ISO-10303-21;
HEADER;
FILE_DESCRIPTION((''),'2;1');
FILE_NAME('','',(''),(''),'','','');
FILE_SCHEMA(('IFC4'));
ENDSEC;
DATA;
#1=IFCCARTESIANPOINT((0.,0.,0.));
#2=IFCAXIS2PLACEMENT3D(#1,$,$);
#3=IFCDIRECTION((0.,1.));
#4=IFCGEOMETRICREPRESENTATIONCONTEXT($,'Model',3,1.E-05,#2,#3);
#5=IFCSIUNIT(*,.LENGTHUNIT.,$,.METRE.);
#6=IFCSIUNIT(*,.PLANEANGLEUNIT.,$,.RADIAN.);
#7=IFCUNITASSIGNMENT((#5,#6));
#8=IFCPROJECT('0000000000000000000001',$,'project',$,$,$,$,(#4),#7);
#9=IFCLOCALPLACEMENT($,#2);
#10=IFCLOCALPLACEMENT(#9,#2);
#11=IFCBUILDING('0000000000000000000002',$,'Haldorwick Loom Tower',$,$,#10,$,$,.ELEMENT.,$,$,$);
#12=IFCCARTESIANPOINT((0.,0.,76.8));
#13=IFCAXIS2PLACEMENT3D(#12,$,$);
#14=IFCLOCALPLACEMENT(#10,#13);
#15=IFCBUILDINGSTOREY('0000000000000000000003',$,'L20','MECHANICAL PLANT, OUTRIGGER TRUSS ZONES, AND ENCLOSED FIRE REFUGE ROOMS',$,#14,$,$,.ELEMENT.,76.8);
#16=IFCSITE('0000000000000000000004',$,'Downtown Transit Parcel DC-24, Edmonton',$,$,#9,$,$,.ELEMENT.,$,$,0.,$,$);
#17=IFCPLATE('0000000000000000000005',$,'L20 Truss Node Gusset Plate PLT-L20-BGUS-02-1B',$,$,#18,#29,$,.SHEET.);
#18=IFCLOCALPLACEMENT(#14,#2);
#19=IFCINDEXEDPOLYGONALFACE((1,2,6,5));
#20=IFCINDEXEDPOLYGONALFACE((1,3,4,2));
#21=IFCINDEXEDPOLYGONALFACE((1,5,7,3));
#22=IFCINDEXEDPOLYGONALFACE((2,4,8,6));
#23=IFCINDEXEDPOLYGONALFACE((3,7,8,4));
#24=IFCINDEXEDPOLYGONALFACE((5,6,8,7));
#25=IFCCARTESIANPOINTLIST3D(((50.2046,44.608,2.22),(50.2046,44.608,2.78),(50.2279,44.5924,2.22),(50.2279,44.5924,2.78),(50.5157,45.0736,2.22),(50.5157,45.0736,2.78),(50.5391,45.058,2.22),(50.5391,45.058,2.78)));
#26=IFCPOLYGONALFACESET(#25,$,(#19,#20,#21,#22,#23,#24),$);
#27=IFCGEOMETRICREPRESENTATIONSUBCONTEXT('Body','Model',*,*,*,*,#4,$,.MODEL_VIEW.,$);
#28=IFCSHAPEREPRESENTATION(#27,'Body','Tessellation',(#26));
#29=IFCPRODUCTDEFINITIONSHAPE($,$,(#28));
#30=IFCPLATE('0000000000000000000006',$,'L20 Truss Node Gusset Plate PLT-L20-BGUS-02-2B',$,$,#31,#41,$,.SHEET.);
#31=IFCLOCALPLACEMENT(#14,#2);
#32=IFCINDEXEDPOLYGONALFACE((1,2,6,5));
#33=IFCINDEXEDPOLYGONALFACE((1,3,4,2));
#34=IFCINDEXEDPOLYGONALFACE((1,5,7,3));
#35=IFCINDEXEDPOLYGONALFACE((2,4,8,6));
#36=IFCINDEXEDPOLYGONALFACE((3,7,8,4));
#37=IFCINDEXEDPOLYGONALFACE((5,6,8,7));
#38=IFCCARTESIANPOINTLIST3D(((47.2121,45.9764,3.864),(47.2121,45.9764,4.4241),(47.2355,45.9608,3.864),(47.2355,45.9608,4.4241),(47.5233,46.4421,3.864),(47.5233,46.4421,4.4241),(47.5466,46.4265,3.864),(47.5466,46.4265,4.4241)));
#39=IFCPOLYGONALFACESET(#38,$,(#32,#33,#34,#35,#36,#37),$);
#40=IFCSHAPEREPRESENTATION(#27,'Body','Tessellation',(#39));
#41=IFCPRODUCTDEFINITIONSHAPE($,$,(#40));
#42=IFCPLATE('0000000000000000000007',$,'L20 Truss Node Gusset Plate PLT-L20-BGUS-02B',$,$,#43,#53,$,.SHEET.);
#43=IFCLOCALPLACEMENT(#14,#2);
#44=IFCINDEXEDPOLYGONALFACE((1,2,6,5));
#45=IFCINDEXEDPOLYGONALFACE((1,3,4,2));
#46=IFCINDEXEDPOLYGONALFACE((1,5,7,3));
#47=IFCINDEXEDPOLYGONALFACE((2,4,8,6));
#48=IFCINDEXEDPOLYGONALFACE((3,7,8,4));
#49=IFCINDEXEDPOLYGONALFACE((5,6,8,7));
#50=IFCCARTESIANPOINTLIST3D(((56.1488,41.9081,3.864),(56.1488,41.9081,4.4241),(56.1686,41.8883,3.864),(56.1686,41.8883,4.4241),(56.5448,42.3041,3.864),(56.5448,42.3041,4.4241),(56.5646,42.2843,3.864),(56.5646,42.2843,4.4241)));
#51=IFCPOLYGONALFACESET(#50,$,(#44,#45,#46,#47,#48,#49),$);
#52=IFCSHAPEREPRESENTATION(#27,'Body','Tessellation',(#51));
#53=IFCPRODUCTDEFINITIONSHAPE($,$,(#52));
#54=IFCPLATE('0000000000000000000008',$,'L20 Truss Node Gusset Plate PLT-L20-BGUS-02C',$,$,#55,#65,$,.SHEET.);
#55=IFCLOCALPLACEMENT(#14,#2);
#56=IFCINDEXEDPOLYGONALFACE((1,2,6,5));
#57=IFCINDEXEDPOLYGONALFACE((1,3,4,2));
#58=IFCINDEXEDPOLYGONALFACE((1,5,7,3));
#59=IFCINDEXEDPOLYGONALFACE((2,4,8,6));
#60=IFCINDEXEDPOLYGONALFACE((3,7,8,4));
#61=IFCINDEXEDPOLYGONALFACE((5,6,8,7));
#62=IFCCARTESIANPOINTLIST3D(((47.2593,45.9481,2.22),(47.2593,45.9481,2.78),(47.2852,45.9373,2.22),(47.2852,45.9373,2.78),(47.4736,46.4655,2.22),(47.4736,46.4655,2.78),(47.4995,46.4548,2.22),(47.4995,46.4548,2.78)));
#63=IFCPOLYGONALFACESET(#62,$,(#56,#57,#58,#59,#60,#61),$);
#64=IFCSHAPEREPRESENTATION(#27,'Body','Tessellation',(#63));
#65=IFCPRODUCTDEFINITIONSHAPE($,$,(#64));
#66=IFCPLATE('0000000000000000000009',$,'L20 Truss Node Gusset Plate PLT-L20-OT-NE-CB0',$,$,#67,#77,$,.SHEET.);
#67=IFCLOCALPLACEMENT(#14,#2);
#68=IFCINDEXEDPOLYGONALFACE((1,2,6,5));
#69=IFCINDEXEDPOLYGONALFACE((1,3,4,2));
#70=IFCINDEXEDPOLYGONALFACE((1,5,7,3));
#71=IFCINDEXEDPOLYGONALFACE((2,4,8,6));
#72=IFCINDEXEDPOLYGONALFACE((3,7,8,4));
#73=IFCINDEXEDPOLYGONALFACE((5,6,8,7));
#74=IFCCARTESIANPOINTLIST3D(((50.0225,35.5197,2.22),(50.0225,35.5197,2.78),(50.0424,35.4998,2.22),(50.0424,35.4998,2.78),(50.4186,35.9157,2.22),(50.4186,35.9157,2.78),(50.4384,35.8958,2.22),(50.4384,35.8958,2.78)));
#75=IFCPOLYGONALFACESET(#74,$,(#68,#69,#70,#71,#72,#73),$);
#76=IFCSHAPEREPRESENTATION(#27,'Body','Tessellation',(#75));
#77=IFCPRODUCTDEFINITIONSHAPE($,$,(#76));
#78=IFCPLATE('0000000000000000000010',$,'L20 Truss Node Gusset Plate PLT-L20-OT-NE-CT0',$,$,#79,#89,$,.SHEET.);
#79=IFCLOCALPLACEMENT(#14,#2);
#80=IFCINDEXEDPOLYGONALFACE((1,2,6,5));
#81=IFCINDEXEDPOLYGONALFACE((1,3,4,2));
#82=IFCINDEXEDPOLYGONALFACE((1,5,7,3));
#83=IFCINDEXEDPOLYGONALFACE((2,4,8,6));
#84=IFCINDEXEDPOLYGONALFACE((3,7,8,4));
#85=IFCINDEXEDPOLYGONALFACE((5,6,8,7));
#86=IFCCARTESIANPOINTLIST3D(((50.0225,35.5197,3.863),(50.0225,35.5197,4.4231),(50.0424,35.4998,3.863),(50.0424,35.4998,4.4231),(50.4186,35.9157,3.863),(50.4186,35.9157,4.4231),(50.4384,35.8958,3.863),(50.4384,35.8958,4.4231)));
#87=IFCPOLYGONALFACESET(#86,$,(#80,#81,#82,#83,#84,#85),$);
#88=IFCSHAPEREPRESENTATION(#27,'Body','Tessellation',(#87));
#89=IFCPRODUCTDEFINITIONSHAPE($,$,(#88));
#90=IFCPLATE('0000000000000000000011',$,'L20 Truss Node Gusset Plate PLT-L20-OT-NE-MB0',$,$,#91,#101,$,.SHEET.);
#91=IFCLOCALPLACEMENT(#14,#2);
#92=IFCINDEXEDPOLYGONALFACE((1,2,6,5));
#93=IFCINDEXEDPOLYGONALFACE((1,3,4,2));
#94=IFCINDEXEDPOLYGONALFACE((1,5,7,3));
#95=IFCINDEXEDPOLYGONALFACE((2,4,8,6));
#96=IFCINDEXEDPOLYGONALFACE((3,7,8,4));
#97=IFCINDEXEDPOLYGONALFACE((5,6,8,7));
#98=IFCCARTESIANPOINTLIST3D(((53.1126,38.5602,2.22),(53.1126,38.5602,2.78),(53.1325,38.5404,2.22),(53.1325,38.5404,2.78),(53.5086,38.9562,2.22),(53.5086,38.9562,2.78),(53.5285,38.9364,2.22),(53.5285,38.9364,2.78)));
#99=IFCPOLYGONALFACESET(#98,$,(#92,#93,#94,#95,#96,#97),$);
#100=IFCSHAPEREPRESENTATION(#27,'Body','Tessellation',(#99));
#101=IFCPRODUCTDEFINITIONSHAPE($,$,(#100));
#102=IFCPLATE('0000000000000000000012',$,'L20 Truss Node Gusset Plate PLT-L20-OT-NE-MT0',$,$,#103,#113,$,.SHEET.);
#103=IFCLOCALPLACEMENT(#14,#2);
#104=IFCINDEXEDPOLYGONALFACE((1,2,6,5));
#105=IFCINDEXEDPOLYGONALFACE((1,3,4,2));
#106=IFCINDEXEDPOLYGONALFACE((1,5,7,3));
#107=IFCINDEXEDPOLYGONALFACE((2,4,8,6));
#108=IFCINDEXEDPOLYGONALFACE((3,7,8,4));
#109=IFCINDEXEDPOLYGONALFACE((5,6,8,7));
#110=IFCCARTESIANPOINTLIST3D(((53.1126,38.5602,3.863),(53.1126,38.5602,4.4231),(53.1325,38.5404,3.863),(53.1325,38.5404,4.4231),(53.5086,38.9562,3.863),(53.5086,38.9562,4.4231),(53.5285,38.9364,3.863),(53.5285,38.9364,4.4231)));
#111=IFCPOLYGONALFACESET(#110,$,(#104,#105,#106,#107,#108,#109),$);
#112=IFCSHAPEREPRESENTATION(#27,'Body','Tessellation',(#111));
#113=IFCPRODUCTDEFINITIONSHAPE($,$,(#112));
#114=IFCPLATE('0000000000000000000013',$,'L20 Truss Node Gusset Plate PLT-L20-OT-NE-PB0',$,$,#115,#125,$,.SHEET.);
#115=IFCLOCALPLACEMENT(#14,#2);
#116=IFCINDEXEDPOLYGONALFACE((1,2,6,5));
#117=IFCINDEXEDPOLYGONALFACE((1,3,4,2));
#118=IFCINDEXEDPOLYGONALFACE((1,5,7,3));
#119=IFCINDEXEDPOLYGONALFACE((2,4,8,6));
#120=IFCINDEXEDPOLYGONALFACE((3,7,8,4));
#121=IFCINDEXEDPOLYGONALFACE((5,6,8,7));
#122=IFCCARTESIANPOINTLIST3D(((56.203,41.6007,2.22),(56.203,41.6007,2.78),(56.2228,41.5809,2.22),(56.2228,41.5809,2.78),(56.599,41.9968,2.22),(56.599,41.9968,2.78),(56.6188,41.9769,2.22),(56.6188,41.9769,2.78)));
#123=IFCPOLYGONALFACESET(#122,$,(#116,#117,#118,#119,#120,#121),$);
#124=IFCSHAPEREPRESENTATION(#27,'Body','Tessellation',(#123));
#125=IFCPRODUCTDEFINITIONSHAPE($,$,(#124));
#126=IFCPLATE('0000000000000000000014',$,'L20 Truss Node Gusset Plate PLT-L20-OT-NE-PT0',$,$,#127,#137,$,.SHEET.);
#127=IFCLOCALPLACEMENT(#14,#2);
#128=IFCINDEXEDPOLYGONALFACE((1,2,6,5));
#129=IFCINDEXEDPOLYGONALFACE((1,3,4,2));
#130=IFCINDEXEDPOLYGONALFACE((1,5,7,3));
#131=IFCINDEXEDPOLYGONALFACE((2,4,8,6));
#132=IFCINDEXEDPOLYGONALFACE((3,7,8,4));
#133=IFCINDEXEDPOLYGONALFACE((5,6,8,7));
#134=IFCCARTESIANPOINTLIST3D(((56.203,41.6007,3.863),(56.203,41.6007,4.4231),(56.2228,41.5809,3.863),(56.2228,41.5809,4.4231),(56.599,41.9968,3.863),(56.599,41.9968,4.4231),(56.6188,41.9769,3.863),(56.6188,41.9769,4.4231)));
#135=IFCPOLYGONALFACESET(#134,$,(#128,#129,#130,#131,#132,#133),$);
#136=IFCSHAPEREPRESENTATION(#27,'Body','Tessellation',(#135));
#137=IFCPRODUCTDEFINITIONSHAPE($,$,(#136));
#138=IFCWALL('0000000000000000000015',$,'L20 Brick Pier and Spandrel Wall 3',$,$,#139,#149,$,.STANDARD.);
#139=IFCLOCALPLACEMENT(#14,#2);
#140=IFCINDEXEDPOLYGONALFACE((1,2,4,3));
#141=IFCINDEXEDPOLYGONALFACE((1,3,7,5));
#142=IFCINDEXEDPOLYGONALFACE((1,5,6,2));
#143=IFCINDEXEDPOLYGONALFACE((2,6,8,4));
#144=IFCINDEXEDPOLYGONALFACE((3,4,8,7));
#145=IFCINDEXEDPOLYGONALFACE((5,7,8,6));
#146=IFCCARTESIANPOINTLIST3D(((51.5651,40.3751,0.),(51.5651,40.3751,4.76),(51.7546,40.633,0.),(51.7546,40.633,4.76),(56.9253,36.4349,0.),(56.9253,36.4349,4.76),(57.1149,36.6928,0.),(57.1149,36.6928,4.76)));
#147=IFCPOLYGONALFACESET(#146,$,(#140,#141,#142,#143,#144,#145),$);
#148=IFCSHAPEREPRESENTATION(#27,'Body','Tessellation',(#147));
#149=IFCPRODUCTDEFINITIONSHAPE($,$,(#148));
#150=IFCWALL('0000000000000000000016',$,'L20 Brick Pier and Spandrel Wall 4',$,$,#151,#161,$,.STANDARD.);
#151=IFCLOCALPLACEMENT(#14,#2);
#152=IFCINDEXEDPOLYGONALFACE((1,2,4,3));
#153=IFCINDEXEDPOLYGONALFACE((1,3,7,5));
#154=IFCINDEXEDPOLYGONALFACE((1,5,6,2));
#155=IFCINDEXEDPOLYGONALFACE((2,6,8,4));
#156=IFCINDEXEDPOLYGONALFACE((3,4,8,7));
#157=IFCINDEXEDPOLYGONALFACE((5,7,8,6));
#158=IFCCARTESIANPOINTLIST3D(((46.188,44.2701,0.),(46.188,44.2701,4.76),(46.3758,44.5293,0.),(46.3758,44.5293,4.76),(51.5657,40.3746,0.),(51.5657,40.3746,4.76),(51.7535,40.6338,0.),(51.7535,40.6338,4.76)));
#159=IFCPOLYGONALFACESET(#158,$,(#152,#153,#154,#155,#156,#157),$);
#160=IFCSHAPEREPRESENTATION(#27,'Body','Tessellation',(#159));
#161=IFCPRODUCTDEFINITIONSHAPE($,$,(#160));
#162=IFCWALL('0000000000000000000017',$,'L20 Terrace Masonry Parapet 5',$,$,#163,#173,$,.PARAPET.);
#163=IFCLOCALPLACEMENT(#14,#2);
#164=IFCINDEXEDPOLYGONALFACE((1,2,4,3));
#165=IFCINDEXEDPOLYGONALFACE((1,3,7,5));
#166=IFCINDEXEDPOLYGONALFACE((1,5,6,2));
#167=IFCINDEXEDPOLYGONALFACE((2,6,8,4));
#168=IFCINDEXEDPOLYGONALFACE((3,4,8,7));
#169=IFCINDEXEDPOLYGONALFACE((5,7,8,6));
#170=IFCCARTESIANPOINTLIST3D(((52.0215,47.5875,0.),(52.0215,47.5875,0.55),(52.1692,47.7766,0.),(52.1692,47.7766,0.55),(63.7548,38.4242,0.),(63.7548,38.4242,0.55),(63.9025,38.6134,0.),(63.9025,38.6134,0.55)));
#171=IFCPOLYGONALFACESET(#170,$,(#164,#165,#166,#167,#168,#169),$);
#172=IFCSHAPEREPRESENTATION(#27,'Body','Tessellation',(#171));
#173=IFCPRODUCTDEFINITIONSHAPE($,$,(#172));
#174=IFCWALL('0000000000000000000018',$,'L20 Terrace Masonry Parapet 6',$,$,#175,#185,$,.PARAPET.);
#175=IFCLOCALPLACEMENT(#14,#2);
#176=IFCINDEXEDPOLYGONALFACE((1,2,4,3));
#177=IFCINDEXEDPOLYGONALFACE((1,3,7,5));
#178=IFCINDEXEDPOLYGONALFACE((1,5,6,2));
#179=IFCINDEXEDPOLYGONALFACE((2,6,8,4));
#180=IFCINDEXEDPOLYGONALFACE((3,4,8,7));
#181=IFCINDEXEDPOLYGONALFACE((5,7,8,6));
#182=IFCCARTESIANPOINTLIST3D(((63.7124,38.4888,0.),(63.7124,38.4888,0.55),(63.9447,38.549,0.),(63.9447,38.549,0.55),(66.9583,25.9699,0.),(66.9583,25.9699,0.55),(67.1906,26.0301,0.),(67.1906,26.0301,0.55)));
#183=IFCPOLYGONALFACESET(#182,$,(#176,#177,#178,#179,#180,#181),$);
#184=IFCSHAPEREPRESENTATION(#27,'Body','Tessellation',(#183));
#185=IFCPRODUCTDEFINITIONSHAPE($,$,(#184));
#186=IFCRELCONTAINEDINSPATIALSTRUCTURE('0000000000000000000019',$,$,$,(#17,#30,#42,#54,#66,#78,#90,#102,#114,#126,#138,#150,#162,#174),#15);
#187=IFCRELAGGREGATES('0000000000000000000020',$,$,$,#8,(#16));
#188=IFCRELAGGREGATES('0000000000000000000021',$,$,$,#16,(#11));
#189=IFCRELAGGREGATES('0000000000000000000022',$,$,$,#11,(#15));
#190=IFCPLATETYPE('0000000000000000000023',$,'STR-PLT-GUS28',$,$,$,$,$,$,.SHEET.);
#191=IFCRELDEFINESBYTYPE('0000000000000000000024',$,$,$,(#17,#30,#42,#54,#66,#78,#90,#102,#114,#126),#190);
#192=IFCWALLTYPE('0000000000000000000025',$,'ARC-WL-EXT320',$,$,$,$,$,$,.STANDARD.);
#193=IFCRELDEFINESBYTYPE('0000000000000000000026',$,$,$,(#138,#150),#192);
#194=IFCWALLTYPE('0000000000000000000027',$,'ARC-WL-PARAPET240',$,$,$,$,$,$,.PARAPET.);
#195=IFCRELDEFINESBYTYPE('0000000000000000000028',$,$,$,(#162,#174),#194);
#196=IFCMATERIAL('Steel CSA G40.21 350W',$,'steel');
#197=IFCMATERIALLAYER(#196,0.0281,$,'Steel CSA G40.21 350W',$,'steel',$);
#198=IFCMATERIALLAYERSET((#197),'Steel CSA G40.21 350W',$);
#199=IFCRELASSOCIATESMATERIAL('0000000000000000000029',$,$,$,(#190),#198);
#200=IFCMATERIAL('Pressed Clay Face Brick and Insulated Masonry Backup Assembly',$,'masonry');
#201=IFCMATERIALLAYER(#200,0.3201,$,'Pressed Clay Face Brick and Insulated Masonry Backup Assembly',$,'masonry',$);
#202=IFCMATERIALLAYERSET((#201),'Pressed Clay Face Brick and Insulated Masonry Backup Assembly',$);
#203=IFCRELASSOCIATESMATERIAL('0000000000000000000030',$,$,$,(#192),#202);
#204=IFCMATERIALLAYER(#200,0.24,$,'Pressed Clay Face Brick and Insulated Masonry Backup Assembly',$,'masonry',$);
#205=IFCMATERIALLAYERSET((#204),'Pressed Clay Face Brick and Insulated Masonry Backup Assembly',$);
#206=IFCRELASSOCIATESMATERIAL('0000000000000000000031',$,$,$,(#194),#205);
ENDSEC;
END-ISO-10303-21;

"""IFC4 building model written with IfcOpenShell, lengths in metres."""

from ifc_helpers import new_model, si_unit, direction, frame, frame_2d, origin, origin_2d, place, context, subcontext, project, spatial, rectangle, extrude, material, layer, layer_set, type_object, element, save


model = new_model("IFC4")

# Units and contexts
model_context = context("Model", 3, precision=1e-05, world=origin(), true_north=direction((0.0, 1.0)))
body_context = subcontext(model_context, "Body", "Model", "MODEL_VIEW")
ifc_project = project(units=[si_unit("LENGTHUNIT", "METRE"), si_unit("PLANEANGLEUNIT", "RADIAN")], contexts=[model_context])

# Site, building, storey
site_placement = place(None, origin())
site = spatial("IfcSite", under=ifc_project, at=site_placement, Name="Downtown Transit Parcel DC-24, Edmonton", CompositionType="ELEMENT", RefElevation=0.0)
building_placement = place(site_placement, origin())
building = spatial("IfcBuilding", under=site, at=building_placement, Name="Haldorwick Loom Tower", CompositionType="ELEMENT")
storey_placement = place(building_placement, frame((0.0, 0.0, 76.8)))
storey = spatial("IfcBuildingStorey", under=building, at=storey_placement, Name="L20", Description="MECHANICAL PLANT, OUTRIGGER TRUSS ZONES, AND ENCLOSED FIRE REFUGE ROOMS", CompositionType="ELEMENT", Elevation=76.8)

# Shared definitions
ifc_material_1 = material(Name="Steel CSA G40.21 350W", Category="steel")

# Plates
ifc_layer_1 = layer(ifc_material_1, 0.0281, Name="Steel CSA G40.21 350W", Category="steel")
ifc_layer_set_1 = layer_set([ifc_layer_1], Name="Steel CSA G40.21 350W")
plate_type = type_object("IfcPlateType", Name="STR-PLT-GUS28", PredefinedType="SHEET", material=ifc_layer_set_1)
for number, where, z_axis, x_axis, name in (
    (1, (50.3718, 44.833, 2.22), (0.0, 0.0, 1.0), (0.55557, 0.83147, 0.0), "L20 Truss Node Gusset Plate PLT-L20-BGUS-02-1B"),
    (2, (47.3794, 46.2014, 3.864), (0.0, 0.0, 1.0), (0.55557, 0.83147, 0.0), "L20 Truss Node Gusset Plate PLT-L20-BGUS-02-2B"),
    (3, (56.3567, 42.0962, 3.864), (0.0, 0.0, 1.0), (0.707107, 0.707107, 0.0), "L20 Truss Node Gusset Plate PLT-L20-BGUS-02B"),
    (4, (47.3794, 46.2014, 2.22), (0.0, 0.0, 1.0), (0.382683, 0.92388, 0.0), "L20 Truss Node Gusset Plate PLT-L20-BGUS-02C"),
    (5, (50.2305, 35.7078, 2.22), (0.0, 0.0, 1.0), (0.707107, 0.707107, 0.0), "L20 Truss Node Gusset Plate PLT-L20-OT-NE-CB0"),
    (6, (50.2305, 35.7078, 3.863), (0.0, 0.0, 1.0), (0.707107, 0.707107, 0.0), "L20 Truss Node Gusset Plate PLT-L20-OT-NE-CT0"),
    (7, (53.3206, 38.7483, 2.22), (0.0, 0.0, 1.0), (0.707107, 0.707107, 0.0), "L20 Truss Node Gusset Plate PLT-L20-OT-NE-MB0"),
    (8, (53.3206, 38.7483, 3.863), (0.0, 0.0, 1.0), (0.707107, 0.707107, 0.0), "L20 Truss Node Gusset Plate PLT-L20-OT-NE-MT0"),
    (9, (56.4109, 41.7888, 2.22), (0.0, 0.0, 1.0), (0.707107, 0.707107, 0.0), "L20 Truss Node Gusset Plate PLT-L20-OT-NE-PB0"),
    (10, (56.4109, 41.7888, 3.863), (0.0, 0.0, 1.0), (0.707107, 0.707107, 0.0), "L20 Truss Node Gusset Plate PLT-L20-OT-NE-PT0"),
):
    element("IfcPlate", number, at=place(storey_placement, frame(where, z_axis=z_axis, x_axis=x_axis)), inside=storey, type_object=plate_type, Name=name, PredefinedType="SHEET", context=body_context, shape_type="SweptSolid", body=[
        extrude(rectangle(XDim=0.5601, YDim=0.0281, at=origin_2d()), origin(), (0.0, 0.0, 1.0), 0.5601),
    ])

# Walls
ifc_material_2 = material(Name="Pressed Clay Face Brick and Insulated Masonry Backup Assembly", Category="masonry")
ifc_layer_2 = layer(ifc_material_2, 0.3201, Name="Pressed Clay Face Brick and Insulated Masonry Backup Assembly", Category="masonry")
ifc_layer_set_2 = layer_set([ifc_layer_2], Name="Pressed Clay Face Brick and Insulated Masonry Backup Assembly")
wall_type_1 = type_object("IfcWallType", Name="ARC-WL-EXT320", PredefinedType="STANDARD", material=ifc_layer_set_2)
wall_1_placement = place(storey_placement, frame((57.02, 36.564, 0.0), z_axis=(0.0, 0.0, 1.0), x_axis=(-0.805741, 0.592269, 0.0)))
element("IfcWall", 11, at=wall_1_placement, inside=storey, type_object=wall_type_1, Name="L20 Brick Pier and Spandrel Wall 3", PredefinedType="STANDARD", context=body_context, shape_type="SweptSolid", body=[
    extrude(rectangle(XDim=6.6526, YDim=0.3201, at=frame_2d((3.3262, 0.0))), origin(), (0.0, 0.0, 1.0), 4.76),
])
wall_2_placement = place(storey_placement, frame((51.6597, 40.5042, 0.0), z_axis=(0.0, 0.0, 1.0), x_axis=(-0.809848, 0.58664, 0.0)))
element("IfcWall", 12, at=wall_2_placement, inside=storey, type_object=wall_type_1, Name="L20 Brick Pier and Spandrel Wall 4", PredefinedType="STANDARD", context=body_context, shape_type="SweptSolid", body=[
    extrude(rectangle(XDim=6.6404, YDim=0.3201, at=frame_2d((3.3203, 0.0))), origin(), (0.0, 0.0, 1.0), 4.76),
])
ifc_layer_3 = layer(ifc_material_2, 0.24, Name="Pressed Clay Face Brick and Insulated Masonry Backup Assembly", Category="masonry")
ifc_layer_set_3 = layer_set([ifc_layer_3], Name="Pressed Clay Face Brick and Insulated Masonry Backup Assembly")
wall_type_2 = type_object("IfcWallType", Name="ARC-WL-PARAPET240", PredefinedType="PARAPET", material=ifc_layer_set_3)
wall_3_placement = place(storey_placement, frame((52.0952, 47.6821, 0.0), z_axis=(0.0, 0.0, 1.0), x_axis=(0.788135, -0.615503, 0.0)))
element("IfcWall", 13, at=wall_3_placement, inside=storey, type_object=wall_type_2, Name="L20 Terrace Masonry Parapet 5", PredefinedType="PARAPET", context=body_context, shape_type="SweptSolid", body=[
    extrude(rectangle(XDim=14.8875, YDim=0.24, at=frame_2d((7.4438, 0.0))), origin(), (0.0, 0.0, 1.0), 0.55),
])
wall_4_placement = place(storey_placement, frame((63.8286, 38.5188, 0.0), z_axis=(0.0, 0.0, 1.0), x_axis=(0.250979, -0.967992, 0.0)))
element("IfcWall", 14, at=wall_4_placement, inside=storey, type_object=wall_type_2, Name="L20 Terrace Masonry Parapet 6", PredefinedType="PARAPET", context=body_context, shape_type="SweptSolid", body=[
    extrude(rectangle(XDim=12.9329, YDim=0.24, at=frame_2d((6.4663, 0.0))), origin(), (0.0, 0.0, 1.0), 0.55),
])

save(model, "model.ifc")
